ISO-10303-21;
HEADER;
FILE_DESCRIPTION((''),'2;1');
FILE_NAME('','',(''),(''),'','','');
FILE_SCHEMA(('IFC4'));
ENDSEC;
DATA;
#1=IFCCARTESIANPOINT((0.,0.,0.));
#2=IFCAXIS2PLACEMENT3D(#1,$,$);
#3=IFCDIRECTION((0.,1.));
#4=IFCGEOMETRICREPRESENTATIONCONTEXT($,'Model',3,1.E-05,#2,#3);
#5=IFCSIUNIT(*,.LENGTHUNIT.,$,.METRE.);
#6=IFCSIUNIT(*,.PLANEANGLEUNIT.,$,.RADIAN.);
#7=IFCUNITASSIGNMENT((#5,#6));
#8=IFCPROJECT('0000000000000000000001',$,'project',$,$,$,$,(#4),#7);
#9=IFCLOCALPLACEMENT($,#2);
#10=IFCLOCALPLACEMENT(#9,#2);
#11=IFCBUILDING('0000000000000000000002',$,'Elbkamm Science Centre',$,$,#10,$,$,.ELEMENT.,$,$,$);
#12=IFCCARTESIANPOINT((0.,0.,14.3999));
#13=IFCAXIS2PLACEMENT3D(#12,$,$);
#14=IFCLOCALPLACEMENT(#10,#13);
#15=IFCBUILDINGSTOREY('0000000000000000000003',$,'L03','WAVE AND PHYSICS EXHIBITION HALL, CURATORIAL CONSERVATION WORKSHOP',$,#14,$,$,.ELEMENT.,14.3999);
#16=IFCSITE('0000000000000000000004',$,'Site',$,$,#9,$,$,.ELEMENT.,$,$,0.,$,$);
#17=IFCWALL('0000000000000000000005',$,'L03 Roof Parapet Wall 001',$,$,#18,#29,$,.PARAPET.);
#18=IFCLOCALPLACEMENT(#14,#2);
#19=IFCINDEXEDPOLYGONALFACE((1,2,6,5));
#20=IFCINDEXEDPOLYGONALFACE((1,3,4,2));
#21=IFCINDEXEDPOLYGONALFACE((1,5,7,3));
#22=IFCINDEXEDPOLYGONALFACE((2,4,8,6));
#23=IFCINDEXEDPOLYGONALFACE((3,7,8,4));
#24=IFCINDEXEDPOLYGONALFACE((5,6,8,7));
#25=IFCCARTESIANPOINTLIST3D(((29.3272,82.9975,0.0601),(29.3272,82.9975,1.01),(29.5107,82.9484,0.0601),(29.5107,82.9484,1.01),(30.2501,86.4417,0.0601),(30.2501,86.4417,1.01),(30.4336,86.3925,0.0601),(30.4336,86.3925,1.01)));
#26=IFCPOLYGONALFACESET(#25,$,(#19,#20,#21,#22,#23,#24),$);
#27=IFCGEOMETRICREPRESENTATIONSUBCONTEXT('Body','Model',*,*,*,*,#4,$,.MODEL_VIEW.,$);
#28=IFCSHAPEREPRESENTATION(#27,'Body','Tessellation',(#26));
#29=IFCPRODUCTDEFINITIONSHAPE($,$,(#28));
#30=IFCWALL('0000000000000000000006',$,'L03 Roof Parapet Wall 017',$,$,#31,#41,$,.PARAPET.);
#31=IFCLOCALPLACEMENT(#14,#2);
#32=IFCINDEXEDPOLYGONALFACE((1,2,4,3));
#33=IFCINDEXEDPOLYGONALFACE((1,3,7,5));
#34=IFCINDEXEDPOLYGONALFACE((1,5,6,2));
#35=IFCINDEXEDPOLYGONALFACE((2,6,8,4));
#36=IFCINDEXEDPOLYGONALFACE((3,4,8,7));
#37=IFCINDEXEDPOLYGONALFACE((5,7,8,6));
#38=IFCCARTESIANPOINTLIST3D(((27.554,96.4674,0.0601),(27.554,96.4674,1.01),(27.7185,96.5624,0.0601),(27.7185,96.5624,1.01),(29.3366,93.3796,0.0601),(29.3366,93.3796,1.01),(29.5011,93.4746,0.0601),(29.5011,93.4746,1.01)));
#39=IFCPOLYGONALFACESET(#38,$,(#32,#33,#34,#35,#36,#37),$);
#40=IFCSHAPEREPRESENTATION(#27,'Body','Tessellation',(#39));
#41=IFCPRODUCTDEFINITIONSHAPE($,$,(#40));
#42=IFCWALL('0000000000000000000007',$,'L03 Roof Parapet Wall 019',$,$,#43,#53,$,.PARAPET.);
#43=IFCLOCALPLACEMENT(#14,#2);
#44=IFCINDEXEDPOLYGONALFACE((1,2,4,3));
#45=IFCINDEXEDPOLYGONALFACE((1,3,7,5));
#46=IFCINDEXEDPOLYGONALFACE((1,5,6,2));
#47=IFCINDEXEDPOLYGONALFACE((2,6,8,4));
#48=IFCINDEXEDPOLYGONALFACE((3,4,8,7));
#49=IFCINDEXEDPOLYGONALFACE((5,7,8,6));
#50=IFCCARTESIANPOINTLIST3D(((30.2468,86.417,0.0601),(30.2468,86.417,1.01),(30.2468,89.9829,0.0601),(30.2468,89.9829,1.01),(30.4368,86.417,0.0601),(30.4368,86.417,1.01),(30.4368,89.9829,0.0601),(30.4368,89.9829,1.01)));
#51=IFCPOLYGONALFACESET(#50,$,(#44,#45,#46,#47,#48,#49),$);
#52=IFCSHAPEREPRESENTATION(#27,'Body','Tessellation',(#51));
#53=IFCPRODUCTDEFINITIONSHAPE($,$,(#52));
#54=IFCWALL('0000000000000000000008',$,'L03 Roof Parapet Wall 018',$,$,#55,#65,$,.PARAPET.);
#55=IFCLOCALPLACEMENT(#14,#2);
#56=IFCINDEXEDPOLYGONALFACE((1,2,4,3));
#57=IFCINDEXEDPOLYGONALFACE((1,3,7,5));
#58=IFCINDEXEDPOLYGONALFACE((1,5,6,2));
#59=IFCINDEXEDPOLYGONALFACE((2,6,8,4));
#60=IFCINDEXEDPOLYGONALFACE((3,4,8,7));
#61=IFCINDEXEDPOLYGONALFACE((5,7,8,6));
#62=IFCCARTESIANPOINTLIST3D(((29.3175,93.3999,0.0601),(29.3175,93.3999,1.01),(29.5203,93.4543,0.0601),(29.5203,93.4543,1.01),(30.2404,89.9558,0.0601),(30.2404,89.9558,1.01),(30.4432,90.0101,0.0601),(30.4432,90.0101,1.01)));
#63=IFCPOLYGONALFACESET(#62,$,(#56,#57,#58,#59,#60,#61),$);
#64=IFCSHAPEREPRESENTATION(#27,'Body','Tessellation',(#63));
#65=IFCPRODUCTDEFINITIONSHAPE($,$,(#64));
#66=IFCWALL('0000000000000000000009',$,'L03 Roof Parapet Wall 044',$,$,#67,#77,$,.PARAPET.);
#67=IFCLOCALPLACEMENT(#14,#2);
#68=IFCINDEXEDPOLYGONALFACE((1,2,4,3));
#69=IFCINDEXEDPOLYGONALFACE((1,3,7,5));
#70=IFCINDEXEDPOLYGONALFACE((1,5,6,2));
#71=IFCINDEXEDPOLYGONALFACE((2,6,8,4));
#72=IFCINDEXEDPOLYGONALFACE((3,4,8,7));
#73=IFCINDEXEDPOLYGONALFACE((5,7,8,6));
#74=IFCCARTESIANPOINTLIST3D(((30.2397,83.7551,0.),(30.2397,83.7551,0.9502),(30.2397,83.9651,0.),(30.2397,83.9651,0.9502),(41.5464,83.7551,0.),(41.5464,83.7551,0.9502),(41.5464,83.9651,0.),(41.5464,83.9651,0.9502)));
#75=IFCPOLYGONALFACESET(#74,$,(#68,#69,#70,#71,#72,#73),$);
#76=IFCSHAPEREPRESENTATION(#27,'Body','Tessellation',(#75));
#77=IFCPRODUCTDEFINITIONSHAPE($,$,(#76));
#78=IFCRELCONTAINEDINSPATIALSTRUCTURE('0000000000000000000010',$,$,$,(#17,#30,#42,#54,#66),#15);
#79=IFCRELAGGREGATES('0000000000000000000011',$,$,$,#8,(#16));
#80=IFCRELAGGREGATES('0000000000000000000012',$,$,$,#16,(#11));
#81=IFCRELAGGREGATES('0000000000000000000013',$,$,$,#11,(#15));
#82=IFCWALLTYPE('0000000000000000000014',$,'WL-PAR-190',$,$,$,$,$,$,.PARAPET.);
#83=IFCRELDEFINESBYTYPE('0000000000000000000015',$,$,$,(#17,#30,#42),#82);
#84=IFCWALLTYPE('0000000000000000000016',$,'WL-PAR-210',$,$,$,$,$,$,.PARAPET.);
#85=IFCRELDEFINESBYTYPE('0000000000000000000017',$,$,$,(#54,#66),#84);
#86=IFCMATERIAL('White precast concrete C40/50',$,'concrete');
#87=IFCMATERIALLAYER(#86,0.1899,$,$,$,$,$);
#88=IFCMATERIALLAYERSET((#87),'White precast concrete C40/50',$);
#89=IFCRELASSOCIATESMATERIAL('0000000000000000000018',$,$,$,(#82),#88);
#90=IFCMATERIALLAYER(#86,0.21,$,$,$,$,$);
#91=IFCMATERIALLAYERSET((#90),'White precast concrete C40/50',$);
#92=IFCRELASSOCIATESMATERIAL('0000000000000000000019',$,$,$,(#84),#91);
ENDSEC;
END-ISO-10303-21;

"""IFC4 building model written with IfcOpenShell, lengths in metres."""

from ifc_helpers import new_model, si_unit, direction, frame, frame_2d, origin, place, context, subcontext, project, spatial, rectangle, extrude, material, layer, layer_set, type_object, element, save


model = new_model("IFC4")

# Units and contexts
model_context = context("Model", 3, precision=1e-05, world=origin(), true_north=direction((0.0, 1.0)))
body_context = subcontext(model_context, "Body", "Model", "MODEL_VIEW")
ifc_project = project(units=[si_unit("LENGTHUNIT", "METRE"), si_unit("PLANEANGLEUNIT", "RADIAN")], contexts=[model_context])

# Site, building, storey
site_placement = place(None, origin())
site = spatial("IfcSite", under=ifc_project, at=site_placement, Name="Site", CompositionType="ELEMENT", RefElevation=0.0)
building_placement = place(site_placement, origin())
building = spatial("IfcBuilding", under=site, at=building_placement, Name="Elbkamm Science Centre", CompositionType="ELEMENT")
storey_placement = place(building_placement, frame((0.0, 0.0, 14.3999)))
storey = spatial("IfcBuildingStorey", under=building, at=storey_placement, Name="L03", Description="WAVE AND PHYSICS EXHIBITION HALL, CURATORIAL CONSERVATION WORKSHOP", CompositionType="ELEMENT", Elevation=14.3999)

# Walls
ifc_material_1 = material(Name="White precast concrete C40/50", Category="concrete")
ifc_layer_1 = layer(ifc_material_1, 0.1899)
ifc_layer_set_1 = layer_set([ifc_layer_1], Name="White precast concrete C40/50")
wall_type_1 = type_object("IfcWallType", Name="WL-PAR-190", PredefinedType="PARAPET", material=ifc_layer_set_1)
wall_1_placement = place(storey_placement, frame((30.3418, 86.417, 0.0601), z_axis=(0.0, 0.0, 1.0), x_axis=(-0.258822, -0.965925, 0.0)))
element("IfcWall", 1, at=wall_1_placement, inside=storey, type_object=wall_type_1, Name="L03 Roof Parapet Wall 001", PredefinedType="PARAPET", context=body_context, shape_type="SweptSolid", body=[
    extrude(rectangle(XDim=3.5657, YDim=0.1899, at=frame_2d((1.7827, 0.0))), origin(), (0.0, 0.0, 1.0), 0.95),
])
wall_2_placement = place(storey_placement, frame((27.6362, 96.5149, 0.0601), z_axis=(0.0, 0.0, 1.0), x_axis=(0.499983, -0.866035, 0.0)))
element("IfcWall", 2, at=wall_2_placement, inside=storey, type_object=wall_type_1, Name="L03 Roof Parapet Wall 017", PredefinedType="PARAPET", context=body_context, shape_type="SweptSolid", body=[
    extrude(rectangle(XDim=3.5654, YDim=0.1899, at=frame_2d((1.7827, 0.0))), origin(), (0.0, 0.0, 1.0), 0.95),
])
wall_3_placement = place(storey_placement, frame((30.3418, 89.9829, 0.0601), z_axis=(0.0, 0.0, 1.0), x_axis=(0.0, -1.0, 0.0)))
element("IfcWall", 3, at=wall_3_placement, inside=storey, type_object=wall_type_1, Name="L03 Roof Parapet Wall 019", PredefinedType="PARAPET", context=body_context, shape_type="SweptSolid", body=[
    extrude(rectangle(XDim=3.5659, YDim=0.1899, at=frame_2d((1.783, 0.0))), origin(), (0.0, 0.0, 1.0), 0.95),
])
ifc_layer_2 = layer(ifc_material_1, 0.21)
ifc_layer_set_2 = layer_set([ifc_layer_2], Name="White precast concrete C40/50")
wall_type_2 = type_object("IfcWallType", Name="WL-PAR-210", PredefinedType="PARAPET", material=ifc_layer_set_2)
wall_4_placement = place(storey_placement, frame((29.4189, 93.427, 0.0601), z_axis=(0.0, 0.0, 1.0), x_axis=(0.258822, -0.965925, 0.0)))
element("IfcWall", 4, at=wall_4_placement, inside=storey, type_object=wall_type_2, Name="L03 Roof Parapet Wall 018", PredefinedType="PARAPET", context=body_context, shape_type="SweptSolid", body=[
    extrude(rectangle(XDim=3.5657, YDim=0.21, at=frame_2d((1.7827, 0.0))), origin(), (0.0, 0.0, 1.0), 0.95),
])
wall_5_placement = place(storey_placement, frame((30.2397, 83.8601, 0.0), z_axis=(0.0, 0.0, 1.0), x_axis=(1.0, 0.0, 0.0)))
element("IfcWall", 5, at=wall_5_placement, inside=storey, type_object=wall_type_2, Name="L03 Roof Parapet Wall 044", PredefinedType="PARAPET", context=body_context, shape_type="SweptSolid", body=[
    extrude(rectangle(XDim=11.3066, YDim=0.21, at=frame_2d((5.6533, 0.0))), origin(), (0.0, 0.0, 1.0), 0.9502),
])

save(model, "model.ifc")
